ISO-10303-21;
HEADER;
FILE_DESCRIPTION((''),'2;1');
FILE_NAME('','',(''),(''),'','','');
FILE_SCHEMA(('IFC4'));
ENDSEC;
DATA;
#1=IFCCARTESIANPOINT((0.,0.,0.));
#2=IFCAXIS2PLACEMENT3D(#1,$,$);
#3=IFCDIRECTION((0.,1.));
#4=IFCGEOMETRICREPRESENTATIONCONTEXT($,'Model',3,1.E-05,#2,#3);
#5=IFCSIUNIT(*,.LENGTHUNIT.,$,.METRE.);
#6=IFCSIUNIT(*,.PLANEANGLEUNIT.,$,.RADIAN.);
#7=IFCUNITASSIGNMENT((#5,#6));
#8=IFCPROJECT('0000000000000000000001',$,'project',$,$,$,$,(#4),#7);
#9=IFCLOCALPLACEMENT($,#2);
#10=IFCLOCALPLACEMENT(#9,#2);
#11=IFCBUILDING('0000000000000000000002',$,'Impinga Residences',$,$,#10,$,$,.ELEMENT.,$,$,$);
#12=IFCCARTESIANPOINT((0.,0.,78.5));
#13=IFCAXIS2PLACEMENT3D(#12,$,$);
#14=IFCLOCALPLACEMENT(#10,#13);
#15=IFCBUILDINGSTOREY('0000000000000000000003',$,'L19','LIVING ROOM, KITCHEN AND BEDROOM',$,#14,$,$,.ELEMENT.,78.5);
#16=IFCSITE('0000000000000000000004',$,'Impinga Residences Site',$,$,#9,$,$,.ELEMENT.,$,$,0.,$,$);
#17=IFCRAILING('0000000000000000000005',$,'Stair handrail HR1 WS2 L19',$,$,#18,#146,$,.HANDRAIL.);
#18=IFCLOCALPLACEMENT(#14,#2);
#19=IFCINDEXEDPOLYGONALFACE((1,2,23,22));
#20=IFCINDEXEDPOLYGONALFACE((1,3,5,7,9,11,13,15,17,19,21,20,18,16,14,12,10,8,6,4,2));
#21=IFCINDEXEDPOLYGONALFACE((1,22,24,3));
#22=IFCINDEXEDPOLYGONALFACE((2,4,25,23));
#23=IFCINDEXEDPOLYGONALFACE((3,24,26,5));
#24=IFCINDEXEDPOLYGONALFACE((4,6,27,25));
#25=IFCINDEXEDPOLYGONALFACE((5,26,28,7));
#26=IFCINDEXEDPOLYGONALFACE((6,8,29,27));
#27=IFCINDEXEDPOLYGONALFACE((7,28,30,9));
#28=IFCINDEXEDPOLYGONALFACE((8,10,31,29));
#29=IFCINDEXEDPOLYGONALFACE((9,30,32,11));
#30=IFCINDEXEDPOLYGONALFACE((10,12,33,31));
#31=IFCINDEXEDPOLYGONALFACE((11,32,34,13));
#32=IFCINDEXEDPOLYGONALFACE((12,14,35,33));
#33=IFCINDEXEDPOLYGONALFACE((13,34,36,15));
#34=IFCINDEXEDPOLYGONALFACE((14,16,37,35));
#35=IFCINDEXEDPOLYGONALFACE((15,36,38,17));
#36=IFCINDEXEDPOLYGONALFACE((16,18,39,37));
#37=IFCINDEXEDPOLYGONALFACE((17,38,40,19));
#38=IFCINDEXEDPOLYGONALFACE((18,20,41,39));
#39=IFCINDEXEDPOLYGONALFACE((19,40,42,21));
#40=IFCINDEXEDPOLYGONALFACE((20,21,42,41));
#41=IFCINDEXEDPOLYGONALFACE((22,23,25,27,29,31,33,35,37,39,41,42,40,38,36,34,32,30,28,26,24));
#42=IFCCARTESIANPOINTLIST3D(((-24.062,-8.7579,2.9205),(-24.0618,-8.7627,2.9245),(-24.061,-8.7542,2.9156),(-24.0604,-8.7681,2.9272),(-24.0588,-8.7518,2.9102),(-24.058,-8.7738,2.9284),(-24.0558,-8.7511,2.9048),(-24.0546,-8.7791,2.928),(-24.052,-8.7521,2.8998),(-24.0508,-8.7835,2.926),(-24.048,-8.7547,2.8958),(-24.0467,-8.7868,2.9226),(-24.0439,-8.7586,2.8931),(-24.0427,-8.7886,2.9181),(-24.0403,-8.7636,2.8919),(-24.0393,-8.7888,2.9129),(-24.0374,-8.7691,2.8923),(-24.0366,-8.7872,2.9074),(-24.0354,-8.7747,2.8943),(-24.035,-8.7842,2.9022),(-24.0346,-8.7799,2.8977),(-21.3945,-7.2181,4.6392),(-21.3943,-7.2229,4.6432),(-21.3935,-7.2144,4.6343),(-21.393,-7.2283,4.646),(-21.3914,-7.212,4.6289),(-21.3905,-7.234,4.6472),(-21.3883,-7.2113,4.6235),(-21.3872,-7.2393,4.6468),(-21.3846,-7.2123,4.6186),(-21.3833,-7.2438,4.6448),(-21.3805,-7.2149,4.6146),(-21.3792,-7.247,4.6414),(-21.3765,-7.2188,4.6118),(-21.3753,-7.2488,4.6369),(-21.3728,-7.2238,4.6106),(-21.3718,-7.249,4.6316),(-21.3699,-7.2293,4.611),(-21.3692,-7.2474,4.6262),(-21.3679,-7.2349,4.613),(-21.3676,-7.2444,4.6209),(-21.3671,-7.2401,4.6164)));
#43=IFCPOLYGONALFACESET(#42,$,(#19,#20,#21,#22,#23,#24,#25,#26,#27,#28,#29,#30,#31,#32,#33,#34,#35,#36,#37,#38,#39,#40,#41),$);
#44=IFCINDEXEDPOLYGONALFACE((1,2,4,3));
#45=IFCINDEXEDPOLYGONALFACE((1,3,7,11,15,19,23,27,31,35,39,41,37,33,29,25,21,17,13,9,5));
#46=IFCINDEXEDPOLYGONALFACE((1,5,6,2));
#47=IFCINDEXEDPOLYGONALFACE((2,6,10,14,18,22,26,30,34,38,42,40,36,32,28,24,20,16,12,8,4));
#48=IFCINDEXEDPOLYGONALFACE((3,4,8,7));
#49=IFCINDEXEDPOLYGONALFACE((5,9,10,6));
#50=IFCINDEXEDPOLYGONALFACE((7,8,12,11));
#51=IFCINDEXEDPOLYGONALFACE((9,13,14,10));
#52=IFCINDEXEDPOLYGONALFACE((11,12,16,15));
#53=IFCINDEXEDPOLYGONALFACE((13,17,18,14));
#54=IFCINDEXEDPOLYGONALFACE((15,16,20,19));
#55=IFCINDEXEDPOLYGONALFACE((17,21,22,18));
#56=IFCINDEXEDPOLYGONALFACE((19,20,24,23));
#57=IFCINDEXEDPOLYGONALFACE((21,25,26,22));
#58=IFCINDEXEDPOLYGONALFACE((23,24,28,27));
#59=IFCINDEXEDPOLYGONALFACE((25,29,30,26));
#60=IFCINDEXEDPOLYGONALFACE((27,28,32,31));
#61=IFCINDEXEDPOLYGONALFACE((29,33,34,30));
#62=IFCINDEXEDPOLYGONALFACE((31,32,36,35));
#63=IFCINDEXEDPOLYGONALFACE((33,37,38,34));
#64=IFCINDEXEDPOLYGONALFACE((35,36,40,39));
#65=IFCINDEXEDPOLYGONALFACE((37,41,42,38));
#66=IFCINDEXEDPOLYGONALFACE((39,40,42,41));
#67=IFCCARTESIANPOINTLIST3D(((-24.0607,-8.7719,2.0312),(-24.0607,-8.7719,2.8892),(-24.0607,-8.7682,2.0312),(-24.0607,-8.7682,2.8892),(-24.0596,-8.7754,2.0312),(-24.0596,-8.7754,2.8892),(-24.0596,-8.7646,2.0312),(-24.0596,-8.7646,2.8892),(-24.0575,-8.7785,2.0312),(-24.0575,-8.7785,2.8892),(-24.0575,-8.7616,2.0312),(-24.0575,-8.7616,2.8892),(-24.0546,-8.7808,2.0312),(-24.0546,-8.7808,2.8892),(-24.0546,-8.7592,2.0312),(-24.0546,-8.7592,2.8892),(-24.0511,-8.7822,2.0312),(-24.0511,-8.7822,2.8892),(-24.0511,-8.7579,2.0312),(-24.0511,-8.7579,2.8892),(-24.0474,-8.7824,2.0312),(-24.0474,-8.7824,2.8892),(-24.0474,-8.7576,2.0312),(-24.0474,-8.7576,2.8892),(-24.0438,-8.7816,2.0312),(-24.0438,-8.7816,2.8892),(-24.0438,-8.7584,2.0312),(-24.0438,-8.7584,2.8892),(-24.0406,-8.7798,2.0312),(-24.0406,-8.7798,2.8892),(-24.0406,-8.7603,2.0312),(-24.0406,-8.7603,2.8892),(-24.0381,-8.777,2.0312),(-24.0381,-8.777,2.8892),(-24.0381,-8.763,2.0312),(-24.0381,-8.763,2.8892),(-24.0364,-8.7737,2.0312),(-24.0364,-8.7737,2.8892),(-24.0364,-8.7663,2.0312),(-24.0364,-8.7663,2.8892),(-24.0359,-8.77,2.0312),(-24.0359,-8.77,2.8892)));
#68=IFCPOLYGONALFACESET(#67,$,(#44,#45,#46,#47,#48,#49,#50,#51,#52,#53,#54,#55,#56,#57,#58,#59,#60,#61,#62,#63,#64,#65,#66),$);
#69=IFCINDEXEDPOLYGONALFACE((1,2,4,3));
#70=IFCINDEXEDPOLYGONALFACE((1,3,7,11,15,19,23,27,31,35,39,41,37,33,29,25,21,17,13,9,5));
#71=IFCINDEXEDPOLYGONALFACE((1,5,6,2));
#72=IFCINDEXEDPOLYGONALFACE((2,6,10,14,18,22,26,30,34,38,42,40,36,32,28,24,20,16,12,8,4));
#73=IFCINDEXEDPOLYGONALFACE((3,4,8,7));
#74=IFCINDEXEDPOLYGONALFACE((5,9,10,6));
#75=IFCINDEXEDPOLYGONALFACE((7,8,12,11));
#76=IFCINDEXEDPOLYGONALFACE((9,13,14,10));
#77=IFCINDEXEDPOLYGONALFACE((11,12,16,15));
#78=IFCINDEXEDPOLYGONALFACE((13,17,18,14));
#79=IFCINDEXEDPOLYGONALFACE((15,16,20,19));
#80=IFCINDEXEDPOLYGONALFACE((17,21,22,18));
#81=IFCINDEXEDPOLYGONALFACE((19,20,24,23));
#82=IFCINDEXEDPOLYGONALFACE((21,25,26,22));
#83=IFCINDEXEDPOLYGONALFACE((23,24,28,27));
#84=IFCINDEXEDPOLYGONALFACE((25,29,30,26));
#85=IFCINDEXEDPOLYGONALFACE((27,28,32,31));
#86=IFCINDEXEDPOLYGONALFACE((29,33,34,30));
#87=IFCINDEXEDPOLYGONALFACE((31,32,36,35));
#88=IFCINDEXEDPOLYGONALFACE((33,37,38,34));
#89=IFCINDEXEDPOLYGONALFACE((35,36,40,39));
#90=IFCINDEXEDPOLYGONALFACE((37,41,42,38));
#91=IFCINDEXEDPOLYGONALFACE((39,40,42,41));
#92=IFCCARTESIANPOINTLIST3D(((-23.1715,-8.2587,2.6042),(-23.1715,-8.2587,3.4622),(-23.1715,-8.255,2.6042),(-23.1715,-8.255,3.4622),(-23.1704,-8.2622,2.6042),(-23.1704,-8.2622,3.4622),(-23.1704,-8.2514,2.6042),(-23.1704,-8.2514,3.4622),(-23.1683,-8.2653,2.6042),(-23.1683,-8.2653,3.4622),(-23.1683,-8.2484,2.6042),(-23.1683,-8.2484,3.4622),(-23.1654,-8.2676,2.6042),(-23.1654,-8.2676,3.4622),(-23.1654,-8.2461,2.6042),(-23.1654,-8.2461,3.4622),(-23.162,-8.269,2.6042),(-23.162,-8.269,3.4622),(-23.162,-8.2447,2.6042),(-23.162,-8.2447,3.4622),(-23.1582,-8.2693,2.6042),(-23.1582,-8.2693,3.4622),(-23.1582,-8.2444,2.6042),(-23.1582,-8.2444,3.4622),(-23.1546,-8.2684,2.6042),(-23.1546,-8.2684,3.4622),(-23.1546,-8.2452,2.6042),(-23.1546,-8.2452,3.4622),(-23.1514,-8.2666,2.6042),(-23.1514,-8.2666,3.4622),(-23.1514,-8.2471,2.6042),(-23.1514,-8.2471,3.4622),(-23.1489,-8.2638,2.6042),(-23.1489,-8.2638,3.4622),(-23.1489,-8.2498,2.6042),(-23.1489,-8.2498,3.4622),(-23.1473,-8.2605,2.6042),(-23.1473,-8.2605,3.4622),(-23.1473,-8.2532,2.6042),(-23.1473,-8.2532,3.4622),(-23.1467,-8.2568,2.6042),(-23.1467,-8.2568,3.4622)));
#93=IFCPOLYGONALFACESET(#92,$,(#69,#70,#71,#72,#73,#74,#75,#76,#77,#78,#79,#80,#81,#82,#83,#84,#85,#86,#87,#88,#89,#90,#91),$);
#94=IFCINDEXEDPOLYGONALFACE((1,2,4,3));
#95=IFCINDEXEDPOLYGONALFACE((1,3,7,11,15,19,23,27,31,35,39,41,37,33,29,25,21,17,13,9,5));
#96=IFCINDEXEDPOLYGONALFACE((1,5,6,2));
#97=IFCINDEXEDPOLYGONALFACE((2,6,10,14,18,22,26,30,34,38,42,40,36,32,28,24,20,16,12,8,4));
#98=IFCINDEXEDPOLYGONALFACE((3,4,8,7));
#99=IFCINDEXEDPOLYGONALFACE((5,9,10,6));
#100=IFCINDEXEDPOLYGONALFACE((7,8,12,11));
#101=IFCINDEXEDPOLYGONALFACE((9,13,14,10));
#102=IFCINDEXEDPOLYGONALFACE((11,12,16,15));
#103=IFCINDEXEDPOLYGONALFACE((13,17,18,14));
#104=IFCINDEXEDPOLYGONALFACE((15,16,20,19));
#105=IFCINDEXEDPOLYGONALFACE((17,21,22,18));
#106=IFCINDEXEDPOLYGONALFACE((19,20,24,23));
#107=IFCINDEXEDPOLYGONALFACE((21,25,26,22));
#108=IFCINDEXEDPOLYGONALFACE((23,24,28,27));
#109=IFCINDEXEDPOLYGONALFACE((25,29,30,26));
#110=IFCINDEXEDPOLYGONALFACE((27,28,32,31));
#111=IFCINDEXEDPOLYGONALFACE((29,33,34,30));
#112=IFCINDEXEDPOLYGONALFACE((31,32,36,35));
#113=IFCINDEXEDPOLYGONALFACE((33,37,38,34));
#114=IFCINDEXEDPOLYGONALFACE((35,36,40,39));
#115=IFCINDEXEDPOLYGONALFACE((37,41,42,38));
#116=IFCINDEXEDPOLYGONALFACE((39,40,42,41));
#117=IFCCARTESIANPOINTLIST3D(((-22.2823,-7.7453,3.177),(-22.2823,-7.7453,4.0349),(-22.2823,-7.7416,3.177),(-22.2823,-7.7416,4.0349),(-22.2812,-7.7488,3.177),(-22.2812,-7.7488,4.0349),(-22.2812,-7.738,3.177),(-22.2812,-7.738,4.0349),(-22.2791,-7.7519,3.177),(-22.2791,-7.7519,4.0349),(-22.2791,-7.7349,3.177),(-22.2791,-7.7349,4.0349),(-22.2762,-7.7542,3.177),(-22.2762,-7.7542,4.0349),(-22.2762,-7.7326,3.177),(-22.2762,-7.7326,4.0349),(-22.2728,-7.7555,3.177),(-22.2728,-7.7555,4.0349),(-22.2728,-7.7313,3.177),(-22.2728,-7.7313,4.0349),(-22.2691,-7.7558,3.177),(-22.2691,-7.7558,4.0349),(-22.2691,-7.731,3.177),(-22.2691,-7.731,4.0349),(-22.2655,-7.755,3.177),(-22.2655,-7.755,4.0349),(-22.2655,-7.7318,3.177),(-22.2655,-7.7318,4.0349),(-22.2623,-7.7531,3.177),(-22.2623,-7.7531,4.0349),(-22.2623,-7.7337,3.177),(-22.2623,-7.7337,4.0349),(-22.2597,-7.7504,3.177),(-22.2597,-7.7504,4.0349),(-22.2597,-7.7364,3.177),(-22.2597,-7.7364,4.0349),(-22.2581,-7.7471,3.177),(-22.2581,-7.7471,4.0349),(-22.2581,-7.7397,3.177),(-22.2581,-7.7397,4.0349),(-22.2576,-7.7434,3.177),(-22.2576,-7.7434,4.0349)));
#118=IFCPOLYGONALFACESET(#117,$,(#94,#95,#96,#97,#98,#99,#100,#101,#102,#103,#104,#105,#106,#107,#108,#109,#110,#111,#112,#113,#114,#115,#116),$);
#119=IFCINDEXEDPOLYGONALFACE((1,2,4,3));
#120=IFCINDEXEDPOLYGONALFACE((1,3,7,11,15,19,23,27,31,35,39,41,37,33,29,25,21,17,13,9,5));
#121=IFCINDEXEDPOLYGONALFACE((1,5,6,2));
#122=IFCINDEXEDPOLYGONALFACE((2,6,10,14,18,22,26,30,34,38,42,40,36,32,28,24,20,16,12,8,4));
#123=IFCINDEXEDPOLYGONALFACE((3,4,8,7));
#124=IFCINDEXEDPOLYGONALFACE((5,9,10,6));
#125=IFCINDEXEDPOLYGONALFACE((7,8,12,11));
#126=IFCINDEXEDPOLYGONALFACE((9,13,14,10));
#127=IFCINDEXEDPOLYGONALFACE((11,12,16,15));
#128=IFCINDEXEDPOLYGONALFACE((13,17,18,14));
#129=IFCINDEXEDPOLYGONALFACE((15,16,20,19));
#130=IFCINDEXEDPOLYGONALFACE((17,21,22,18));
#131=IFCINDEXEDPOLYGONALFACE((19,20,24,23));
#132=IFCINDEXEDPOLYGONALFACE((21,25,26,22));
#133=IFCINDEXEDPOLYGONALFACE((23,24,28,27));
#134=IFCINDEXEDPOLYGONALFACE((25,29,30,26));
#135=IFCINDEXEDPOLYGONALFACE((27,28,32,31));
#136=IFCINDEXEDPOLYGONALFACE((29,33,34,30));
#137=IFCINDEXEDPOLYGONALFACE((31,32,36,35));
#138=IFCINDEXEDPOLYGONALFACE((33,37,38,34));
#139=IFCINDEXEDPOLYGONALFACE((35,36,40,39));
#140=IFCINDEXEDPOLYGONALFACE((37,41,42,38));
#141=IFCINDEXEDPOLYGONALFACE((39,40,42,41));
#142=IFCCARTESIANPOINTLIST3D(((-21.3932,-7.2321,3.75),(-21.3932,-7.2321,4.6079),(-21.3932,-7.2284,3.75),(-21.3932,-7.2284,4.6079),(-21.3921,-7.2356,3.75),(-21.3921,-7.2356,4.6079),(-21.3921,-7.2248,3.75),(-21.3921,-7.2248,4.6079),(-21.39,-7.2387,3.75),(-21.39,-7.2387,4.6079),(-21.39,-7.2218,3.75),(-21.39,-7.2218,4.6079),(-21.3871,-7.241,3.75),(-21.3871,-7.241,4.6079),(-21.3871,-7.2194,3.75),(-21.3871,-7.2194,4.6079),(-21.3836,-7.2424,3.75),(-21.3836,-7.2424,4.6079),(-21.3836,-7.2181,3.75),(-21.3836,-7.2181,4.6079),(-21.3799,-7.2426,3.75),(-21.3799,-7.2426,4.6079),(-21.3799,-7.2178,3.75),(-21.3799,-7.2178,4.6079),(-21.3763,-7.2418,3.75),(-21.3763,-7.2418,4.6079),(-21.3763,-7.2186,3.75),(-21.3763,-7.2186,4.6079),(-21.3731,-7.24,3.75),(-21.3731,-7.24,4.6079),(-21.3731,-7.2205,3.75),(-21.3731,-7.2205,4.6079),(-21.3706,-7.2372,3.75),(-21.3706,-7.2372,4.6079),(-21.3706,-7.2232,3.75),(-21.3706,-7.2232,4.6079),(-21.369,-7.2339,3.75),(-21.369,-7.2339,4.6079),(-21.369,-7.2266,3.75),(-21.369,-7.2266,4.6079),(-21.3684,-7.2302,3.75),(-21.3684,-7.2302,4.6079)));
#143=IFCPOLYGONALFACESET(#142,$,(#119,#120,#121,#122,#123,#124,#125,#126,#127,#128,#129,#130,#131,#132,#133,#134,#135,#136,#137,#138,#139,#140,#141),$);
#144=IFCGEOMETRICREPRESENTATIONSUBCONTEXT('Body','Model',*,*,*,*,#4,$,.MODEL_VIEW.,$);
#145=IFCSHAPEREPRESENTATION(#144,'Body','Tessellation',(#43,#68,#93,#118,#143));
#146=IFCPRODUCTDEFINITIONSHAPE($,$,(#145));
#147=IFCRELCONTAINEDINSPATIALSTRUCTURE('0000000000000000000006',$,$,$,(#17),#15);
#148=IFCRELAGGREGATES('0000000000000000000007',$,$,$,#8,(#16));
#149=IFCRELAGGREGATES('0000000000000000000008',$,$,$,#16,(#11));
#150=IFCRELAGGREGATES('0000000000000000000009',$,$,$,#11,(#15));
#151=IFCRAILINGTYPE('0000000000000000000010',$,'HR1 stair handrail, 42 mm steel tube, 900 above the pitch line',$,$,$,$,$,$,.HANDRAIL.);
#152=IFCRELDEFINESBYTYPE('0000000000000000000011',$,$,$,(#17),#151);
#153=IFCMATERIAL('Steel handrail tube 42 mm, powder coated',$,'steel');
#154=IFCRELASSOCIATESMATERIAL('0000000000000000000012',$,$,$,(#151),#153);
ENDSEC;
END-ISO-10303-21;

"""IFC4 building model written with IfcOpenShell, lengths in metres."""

from ifc_helpers import new_model, si_unit, direction, frame, origin, origin_2d, place, context, subcontext, project, spatial, circle, extrude, material, type_object, element, save


model = new_model("IFC4")

# Units and contexts
model_context = context("Model", 3, precision=1e-05, world=origin(), true_north=direction((0.0, 1.0)))
body_context = subcontext(model_context, "Body", "Model", "MODEL_VIEW")
ifc_project = project(units=[si_unit("LENGTHUNIT", "METRE"), si_unit("PLANEANGLEUNIT", "RADIAN")], contexts=[model_context])

# Site, building, storey
site_placement = place(None, origin())
site = spatial("IfcSite", under=ifc_project, at=site_placement, Name="Impinga Residences Site", CompositionType="ELEMENT", RefElevation=0.0)
building_placement = place(site_placement, origin())
building = spatial("IfcBuilding", under=site, at=building_placement, Name="Impinga Residences", CompositionType="ELEMENT")
storey_placement = place(building_placement, frame((0.0, 0.0, 78.5)))
storey = spatial("IfcBuildingStorey", under=building, at=storey_placement, Name="L19", Description="LIVING ROOM, KITCHEN AND BEDROOM", CompositionType="ELEMENT", Elevation=78.5)

# Railing
ifc_material_1 = material(Name="Steel handrail tube 42 mm, powder coated", Category="steel")
railing_type_1 = type_object("IfcRailingType", Name="HR1 stair handrail, 42 mm steel tube, 900 above the pitch line", PredefinedType="HANDRAIL", material=ifc_material_1)
railing_1_placement = place(storey_placement, frame((-24.0483, -8.77, 2.0312)))
element("IfcRailing", 1, at=railing_1_placement, inside=storey, type_object=railing_type_1, Name="Stair handrail HR1 WS2 L19", PredefinedType="HANDRAIL", context=body_context, shape_type="SweptSolid", body=[
    extrude(circle(Radius=0.021, at=origin_2d()), frame((0.0, 0.0, 0.8789), z_axis=(0.756279, 0.43656, 0.487297), x_axis=(-0.499933, 0.866064, 0.0)), (0.0, 0.0, 1.0), 3.5271),
    extrude(circle(Radius=0.0125, at=origin_2d()), origin(), (0.0, 0.0, 1.0), 0.8579),
    extrude(circle(Radius=0.0125, at=origin_2d()), frame((0.8892, 0.5132, 0.573)), (0.0, 0.0, 1.0), 0.8579),
    extrude(circle(Radius=0.0125, at=origin_2d()), frame((1.7783, 1.0266, 1.1458)), (0.0, 0.0, 1.0), 0.8579),
    extrude(circle(Radius=0.0125, at=origin_2d()), frame((2.6675, 1.5398, 1.7188)), (0.0, 0.0, 1.0), 0.8579),
])

save(model, "model.ifc")
